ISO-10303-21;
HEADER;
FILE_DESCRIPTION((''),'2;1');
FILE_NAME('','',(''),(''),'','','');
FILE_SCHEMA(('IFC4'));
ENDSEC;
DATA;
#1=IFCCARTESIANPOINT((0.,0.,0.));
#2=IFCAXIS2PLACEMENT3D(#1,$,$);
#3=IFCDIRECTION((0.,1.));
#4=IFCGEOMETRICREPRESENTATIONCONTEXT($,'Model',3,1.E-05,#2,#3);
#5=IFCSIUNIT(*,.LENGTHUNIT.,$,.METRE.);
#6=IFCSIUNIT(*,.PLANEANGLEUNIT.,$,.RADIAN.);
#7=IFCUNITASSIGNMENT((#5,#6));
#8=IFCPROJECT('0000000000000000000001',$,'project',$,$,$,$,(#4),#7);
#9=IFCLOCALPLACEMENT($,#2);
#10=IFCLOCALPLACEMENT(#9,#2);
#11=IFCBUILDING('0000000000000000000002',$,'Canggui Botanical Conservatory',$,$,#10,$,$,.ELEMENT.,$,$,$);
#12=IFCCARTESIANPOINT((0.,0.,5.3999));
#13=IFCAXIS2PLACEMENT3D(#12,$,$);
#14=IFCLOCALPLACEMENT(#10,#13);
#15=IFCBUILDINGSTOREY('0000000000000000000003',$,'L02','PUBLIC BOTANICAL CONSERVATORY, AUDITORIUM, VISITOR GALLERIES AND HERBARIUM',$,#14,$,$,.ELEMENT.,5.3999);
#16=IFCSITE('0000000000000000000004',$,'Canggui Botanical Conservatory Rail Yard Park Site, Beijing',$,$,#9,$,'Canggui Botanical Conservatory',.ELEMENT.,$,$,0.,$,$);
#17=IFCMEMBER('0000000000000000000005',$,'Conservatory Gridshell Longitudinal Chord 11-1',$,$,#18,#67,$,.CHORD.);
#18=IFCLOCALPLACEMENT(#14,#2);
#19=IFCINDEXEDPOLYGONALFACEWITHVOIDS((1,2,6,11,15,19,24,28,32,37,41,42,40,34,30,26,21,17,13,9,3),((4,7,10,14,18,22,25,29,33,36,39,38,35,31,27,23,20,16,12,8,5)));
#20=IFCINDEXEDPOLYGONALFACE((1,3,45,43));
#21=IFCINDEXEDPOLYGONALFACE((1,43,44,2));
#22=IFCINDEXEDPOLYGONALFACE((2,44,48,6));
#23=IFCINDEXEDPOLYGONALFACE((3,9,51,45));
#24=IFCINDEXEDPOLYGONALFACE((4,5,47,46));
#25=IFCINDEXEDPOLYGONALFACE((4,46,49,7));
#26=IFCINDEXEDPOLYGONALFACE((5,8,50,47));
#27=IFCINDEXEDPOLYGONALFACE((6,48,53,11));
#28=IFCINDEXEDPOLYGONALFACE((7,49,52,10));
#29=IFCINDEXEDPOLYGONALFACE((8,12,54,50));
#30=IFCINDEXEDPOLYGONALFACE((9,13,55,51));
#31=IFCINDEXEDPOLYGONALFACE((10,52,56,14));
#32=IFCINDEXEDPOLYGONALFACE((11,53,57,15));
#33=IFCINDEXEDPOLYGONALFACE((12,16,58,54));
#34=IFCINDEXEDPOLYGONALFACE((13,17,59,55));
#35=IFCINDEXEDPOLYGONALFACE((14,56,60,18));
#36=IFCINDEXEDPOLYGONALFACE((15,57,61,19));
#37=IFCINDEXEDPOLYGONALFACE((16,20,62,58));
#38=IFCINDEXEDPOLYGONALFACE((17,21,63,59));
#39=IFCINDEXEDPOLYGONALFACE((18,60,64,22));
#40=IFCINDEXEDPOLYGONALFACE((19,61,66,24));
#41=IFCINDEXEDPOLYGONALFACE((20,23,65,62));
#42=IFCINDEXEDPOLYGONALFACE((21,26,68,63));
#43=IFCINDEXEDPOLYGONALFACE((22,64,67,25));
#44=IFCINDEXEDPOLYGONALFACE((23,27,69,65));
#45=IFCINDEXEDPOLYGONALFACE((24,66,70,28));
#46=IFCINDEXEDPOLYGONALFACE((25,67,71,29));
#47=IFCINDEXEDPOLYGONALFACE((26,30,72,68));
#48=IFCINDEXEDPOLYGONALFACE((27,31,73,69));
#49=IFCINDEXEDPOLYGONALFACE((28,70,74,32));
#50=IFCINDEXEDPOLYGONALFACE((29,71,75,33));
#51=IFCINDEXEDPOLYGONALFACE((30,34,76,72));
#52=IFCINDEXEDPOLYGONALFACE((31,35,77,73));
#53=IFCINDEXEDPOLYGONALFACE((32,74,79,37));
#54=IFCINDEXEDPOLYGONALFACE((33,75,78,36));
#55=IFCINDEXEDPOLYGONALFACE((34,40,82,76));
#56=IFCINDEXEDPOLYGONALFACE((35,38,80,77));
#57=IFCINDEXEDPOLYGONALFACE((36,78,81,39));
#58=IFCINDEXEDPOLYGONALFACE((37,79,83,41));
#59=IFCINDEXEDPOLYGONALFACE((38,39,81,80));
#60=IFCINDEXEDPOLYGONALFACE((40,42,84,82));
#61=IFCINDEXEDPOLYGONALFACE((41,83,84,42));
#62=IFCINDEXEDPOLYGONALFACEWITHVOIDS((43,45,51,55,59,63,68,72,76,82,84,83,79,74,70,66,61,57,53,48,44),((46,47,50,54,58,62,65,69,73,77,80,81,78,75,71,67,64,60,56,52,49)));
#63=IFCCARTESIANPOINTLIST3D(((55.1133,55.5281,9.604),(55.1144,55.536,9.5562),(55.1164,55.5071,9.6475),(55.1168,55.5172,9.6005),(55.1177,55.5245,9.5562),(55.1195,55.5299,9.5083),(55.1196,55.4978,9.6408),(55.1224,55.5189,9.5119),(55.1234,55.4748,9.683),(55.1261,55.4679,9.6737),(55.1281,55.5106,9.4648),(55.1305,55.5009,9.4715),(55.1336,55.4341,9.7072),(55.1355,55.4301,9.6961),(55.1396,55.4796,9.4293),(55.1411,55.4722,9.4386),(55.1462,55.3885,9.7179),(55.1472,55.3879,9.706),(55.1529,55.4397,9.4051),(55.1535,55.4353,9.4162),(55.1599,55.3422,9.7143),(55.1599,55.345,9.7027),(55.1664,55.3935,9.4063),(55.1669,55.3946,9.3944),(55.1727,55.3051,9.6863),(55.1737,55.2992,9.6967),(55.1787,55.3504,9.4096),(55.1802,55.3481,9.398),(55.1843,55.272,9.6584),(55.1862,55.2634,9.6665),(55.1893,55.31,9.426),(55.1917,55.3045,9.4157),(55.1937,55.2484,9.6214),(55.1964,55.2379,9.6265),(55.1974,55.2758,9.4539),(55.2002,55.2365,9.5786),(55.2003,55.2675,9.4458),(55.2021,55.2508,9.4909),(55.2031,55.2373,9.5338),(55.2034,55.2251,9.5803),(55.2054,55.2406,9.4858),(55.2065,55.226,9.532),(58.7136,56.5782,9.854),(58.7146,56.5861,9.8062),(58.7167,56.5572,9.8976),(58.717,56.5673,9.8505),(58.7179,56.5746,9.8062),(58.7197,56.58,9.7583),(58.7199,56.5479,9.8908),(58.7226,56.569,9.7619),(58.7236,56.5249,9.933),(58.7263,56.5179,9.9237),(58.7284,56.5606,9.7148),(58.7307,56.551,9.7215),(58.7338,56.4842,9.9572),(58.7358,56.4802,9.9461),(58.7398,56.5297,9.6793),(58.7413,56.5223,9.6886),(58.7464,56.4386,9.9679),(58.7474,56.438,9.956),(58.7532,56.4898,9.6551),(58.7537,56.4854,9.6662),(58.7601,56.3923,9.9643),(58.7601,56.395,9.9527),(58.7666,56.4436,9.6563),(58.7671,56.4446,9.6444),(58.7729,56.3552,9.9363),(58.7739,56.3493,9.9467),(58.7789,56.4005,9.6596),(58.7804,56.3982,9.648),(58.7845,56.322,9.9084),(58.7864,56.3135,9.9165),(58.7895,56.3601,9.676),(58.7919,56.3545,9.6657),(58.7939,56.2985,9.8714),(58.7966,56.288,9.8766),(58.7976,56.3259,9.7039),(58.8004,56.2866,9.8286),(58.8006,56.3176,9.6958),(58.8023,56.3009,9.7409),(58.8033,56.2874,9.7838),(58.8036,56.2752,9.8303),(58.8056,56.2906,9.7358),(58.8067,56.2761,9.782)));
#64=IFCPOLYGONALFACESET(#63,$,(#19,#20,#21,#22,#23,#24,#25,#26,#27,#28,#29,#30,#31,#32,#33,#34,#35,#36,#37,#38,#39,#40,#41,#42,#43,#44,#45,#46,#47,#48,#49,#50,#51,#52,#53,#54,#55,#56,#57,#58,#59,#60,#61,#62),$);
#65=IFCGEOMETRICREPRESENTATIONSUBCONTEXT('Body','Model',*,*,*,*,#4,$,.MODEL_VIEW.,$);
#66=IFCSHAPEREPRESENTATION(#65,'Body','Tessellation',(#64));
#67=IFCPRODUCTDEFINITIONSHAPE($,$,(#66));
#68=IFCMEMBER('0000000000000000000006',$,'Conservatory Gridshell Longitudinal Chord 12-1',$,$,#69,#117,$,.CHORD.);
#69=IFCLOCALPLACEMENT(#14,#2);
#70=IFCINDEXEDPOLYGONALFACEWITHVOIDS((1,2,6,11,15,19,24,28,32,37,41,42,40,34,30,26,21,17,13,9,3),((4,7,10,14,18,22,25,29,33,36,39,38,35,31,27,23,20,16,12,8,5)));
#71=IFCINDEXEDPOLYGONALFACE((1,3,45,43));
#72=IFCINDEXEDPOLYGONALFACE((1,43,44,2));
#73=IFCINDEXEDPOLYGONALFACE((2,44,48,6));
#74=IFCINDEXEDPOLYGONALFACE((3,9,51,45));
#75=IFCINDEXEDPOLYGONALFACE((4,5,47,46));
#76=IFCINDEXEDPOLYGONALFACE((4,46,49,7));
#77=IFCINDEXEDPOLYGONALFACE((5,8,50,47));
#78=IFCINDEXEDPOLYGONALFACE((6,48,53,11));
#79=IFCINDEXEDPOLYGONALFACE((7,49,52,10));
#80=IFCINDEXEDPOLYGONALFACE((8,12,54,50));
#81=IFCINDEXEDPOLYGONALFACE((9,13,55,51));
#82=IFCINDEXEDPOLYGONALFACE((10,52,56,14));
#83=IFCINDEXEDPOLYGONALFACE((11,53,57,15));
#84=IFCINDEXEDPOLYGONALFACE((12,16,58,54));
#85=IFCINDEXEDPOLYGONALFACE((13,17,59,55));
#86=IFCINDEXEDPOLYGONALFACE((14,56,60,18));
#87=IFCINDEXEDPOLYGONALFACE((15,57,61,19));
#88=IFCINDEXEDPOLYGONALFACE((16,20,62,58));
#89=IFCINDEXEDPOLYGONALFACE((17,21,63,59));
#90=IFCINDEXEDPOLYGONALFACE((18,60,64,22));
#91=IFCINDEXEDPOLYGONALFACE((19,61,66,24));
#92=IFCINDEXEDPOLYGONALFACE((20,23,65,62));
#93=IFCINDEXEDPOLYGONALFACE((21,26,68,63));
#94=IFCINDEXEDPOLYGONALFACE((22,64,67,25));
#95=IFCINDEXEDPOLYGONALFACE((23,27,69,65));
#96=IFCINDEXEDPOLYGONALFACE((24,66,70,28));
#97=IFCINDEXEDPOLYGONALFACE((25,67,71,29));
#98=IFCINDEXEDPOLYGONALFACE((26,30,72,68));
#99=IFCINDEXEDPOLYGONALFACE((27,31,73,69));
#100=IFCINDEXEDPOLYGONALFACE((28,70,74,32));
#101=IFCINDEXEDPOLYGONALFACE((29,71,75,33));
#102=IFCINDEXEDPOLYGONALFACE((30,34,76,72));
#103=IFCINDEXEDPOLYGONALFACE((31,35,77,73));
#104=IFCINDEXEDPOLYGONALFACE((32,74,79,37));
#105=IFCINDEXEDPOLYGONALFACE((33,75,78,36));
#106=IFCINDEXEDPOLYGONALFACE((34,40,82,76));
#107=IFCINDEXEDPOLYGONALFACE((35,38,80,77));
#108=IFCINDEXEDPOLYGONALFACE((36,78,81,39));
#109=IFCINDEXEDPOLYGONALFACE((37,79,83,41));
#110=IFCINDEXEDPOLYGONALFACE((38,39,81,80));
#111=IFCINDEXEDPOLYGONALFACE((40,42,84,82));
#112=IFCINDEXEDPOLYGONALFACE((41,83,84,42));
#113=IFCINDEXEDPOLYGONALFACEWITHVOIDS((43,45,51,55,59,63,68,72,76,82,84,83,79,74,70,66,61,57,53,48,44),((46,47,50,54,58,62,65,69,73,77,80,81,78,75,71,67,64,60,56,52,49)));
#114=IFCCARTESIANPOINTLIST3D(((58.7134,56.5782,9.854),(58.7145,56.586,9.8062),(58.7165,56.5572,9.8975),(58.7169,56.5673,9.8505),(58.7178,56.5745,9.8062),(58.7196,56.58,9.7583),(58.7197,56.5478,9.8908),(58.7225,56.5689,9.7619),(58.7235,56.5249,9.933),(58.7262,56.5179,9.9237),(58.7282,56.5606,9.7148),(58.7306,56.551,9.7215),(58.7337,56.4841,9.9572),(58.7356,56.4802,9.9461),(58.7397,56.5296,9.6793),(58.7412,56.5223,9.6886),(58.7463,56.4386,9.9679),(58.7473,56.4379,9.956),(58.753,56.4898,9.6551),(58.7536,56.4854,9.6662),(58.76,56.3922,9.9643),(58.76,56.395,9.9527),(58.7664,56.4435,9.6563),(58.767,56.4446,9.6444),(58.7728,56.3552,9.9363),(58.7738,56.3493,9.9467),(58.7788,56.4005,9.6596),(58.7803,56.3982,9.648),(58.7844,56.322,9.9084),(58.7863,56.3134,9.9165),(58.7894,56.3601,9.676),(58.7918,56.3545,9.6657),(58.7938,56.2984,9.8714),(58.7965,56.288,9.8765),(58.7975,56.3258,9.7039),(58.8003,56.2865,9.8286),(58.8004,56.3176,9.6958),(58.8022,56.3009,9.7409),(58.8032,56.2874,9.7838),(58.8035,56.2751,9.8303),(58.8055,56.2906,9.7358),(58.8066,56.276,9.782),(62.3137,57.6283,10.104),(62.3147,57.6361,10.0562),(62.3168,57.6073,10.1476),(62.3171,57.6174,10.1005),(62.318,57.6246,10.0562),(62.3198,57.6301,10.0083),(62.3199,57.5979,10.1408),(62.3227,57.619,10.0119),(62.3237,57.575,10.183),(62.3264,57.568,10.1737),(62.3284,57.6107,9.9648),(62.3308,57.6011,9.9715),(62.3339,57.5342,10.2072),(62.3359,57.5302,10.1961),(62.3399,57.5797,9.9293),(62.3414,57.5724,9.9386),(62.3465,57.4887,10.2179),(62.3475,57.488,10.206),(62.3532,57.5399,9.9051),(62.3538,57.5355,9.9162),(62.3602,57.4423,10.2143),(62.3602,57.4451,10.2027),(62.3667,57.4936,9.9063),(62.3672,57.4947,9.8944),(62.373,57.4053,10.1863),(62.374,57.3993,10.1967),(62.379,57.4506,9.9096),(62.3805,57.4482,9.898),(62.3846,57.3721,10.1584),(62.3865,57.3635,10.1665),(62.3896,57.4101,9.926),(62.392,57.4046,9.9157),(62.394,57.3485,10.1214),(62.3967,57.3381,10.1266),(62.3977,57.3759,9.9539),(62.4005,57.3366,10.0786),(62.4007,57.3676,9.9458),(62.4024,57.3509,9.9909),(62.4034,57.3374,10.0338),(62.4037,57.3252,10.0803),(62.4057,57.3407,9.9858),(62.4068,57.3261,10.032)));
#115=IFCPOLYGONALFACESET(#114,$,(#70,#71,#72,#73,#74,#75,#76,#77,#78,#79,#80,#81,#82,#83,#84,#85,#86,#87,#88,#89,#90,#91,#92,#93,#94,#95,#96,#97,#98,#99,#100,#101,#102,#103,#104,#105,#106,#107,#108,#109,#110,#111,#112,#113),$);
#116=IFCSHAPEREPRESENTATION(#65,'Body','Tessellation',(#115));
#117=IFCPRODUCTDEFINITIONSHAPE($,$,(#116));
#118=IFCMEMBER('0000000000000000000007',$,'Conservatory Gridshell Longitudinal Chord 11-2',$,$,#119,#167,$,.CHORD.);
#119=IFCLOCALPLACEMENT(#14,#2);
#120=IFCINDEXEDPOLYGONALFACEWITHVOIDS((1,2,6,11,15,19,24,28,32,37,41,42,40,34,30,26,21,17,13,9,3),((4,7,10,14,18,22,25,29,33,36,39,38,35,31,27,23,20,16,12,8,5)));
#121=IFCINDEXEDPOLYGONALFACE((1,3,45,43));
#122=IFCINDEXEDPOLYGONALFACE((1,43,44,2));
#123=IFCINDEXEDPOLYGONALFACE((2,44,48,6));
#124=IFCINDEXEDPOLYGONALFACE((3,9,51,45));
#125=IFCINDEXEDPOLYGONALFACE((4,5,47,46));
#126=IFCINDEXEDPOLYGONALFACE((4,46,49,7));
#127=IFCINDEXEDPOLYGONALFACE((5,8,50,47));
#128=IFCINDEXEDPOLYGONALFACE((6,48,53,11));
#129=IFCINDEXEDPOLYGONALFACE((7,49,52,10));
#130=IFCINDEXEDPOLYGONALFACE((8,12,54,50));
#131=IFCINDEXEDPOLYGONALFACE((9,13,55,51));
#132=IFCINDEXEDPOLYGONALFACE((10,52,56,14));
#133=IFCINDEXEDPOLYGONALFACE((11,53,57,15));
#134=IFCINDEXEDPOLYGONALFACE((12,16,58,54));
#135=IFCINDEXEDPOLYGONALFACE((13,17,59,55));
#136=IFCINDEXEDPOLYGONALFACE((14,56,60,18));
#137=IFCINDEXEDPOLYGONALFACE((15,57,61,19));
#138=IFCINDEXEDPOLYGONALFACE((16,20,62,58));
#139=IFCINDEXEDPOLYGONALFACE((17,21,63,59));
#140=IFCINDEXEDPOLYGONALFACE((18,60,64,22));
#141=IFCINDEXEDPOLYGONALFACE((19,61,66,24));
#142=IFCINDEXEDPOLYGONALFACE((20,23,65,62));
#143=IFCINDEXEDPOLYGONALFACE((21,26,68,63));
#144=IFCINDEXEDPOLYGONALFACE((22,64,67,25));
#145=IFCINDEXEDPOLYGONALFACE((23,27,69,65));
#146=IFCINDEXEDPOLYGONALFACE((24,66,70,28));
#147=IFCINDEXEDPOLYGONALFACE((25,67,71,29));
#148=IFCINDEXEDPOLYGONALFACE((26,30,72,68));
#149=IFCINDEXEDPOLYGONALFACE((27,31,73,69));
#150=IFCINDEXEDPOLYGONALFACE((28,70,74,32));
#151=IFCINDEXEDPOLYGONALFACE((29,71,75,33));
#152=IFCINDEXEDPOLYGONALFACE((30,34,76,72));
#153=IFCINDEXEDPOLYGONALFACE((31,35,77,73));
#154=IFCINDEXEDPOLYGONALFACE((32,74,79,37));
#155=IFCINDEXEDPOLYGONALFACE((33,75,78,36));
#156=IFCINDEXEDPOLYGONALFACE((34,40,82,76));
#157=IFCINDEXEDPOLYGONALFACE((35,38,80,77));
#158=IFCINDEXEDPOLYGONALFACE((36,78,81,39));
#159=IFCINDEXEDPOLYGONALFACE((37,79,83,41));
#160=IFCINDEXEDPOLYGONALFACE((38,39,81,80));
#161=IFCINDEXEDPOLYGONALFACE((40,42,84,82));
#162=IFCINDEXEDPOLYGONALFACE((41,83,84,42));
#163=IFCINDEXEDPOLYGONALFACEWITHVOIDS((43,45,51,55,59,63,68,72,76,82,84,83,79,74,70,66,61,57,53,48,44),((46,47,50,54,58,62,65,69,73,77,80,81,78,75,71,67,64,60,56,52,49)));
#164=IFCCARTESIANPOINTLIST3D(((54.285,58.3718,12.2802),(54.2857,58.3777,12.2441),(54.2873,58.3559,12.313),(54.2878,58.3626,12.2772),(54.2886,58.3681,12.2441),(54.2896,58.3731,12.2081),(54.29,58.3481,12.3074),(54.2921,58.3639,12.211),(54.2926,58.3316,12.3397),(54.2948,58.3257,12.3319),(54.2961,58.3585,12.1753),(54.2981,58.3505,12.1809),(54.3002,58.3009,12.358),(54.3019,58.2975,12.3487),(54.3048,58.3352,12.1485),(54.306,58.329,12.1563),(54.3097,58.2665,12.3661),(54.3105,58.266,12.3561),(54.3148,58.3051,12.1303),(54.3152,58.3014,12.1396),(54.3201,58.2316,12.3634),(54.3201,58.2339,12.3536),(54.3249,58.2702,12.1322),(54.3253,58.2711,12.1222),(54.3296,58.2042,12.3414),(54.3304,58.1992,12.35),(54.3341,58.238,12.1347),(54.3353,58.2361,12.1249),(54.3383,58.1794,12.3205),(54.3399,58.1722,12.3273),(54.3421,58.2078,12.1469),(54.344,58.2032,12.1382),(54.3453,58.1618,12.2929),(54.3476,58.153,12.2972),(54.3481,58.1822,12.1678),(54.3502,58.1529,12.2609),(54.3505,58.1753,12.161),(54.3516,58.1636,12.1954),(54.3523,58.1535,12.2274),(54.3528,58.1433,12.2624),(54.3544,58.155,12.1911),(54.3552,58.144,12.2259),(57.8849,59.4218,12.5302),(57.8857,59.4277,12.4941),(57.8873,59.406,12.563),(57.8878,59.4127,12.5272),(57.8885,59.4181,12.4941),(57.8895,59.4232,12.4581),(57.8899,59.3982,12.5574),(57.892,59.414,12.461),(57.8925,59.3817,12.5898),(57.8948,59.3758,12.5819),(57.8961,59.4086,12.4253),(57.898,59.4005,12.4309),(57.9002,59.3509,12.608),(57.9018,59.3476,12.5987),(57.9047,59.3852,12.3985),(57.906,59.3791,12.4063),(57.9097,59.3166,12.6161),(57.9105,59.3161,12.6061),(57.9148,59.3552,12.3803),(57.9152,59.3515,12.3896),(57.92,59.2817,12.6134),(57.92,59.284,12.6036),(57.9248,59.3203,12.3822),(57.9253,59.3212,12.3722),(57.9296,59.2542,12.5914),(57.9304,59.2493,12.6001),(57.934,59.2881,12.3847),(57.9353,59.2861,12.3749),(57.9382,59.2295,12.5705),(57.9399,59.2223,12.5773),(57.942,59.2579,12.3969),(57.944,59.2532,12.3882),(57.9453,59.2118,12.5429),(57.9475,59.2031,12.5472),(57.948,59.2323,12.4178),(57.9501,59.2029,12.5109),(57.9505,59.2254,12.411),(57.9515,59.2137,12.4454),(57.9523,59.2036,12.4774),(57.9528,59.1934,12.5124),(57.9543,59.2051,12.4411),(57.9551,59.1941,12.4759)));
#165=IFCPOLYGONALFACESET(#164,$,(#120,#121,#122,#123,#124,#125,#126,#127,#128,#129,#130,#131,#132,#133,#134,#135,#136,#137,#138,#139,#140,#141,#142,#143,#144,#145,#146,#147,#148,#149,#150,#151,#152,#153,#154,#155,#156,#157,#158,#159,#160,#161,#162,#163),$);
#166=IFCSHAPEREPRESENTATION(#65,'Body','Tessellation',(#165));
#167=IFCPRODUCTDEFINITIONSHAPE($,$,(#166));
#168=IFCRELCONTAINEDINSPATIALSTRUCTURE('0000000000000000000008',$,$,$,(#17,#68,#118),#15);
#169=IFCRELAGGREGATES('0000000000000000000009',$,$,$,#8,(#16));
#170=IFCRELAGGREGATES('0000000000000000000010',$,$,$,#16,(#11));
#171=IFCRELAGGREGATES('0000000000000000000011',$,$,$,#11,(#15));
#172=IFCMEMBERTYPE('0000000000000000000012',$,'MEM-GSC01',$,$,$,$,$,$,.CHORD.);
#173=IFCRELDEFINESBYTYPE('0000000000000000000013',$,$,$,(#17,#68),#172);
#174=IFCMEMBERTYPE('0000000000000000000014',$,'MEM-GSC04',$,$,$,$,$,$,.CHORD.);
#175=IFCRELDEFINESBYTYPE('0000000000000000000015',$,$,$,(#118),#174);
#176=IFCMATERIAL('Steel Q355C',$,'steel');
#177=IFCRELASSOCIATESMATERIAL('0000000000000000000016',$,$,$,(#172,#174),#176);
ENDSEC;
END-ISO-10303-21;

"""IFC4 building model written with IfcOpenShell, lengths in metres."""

from ifc_helpers import new_model, si_unit, direction, frame, origin, origin_2d, place, context, subcontext, project, spatial, hollow_circle, extrude, material, material_profile, profile_set, type_object, element, save


model = new_model("IFC4")

# Units and contexts
model_context = context("Model", 3, precision=1e-05, world=origin(), true_north=direction((0.0, 1.0)))
body_context = subcontext(model_context, "Body", "Model", "MODEL_VIEW")
ifc_project = project(units=[si_unit("LENGTHUNIT", "METRE"), si_unit("PLANEANGLEUNIT", "RADIAN")], contexts=[model_context])

# Site, building, storey
site_placement = place(None, origin())
site = spatial("IfcSite", under=ifc_project, at=site_placement, Name="Canggui Botanical Conservatory Rail Yard Park Site, Beijing", LongName="Canggui Botanical Conservatory", CompositionType="ELEMENT", RefElevation=0.0)
building_placement = place(site_placement, origin())
building = spatial("IfcBuilding", under=site, at=building_placement, Name="Canggui Botanical Conservatory", CompositionType="ELEMENT")
storey_placement = place(building_placement, frame((0.0, 0.0, 5.3999)))
storey = spatial("IfcBuildingStorey", under=building, at=storey_placement, Name="L02", Description="PUBLIC BOTANICAL CONSERVATORY, AUDITORIUM, VISITOR GALLERIES AND HERBARIUM", CompositionType="ELEMENT", Elevation=5.3999)

# Shared definitions
ifc_material_1 = material(Name="Steel Q355C", Category="steel")

# Members
ifc_material_profile_1 = material_profile(ifc_material_1, hollow_circle(Radius=0.1626, WallThickness=0.012, at=origin_2d()), Name="CHS 325x12")
ifc_profile_set_1 = profile_set([ifc_material_profile_1], Name="Steel Q355C")
member_type_1 = type_object("IfcMemberType", Name="MEM-GSC01", PredefinedType="CHORD", material=ifc_profile_set_1)
for number, where, z_axis, x_axis, name in (
    (1, (55.1599, 55.3799, 9.5562), (0.957872, 0.279385, 0.066517), (-0.280005, 0.959999, 0.0), "Conservatory Gridshell Longitudinal Chord 11-1"),
    (2, (58.76, 56.4299, 9.8062), (0.957872, 0.279385, 0.066517), (-0.280005, 0.959999, 0.0), "Conservatory Gridshell Longitudinal Chord 12-1"),
):
    element("IfcMember", number, at=place(storey_placement, frame(where, z_axis=z_axis, x_axis=x_axis)), inside=storey, type_object=member_type_1, Name=name, PredefinedType="CHORD", context=body_context, shape_type="SweptSolid", body=[
        extrude(hollow_circle(Radius=0.1626, WallThickness=0.012, at=origin_2d()), origin(), (0.0, 0.0, 1.0), 3.7585),
    ])
ifc_material_profile_2 = material_profile(ifc_material_1, hollow_circle(Radius=0.1226, WallThickness=0.01, at=origin_2d()), Name="CHS 245x10")
ifc_profile_set_2 = profile_set([ifc_material_profile_2], Name="Steel Q355C")
member_type_2 = type_object("IfcMemberType", Name="MEM-GSC04", PredefinedType="CHORD", material=ifc_profile_set_2)
member_1_placement = place(storey_placement, frame((54.3201, 58.26, 12.2441), z_axis=(0.957867, 0.279402, 0.066521), x_axis=(-0.280023, 0.959993, 0.0)))
element("IfcMember", 3, at=member_1_placement, inside=storey, type_object=member_type_2, Name="Conservatory Gridshell Longitudinal Chord 11-2", PredefinedType="CHORD", context=body_context, shape_type="SweptSolid", body=[
    extrude(hollow_circle(Radius=0.1226, WallThickness=0.01, at=origin_2d()), origin(), (0.0, 0.0, 1.0), 3.7583),
])

save(model, "model.ifc")
